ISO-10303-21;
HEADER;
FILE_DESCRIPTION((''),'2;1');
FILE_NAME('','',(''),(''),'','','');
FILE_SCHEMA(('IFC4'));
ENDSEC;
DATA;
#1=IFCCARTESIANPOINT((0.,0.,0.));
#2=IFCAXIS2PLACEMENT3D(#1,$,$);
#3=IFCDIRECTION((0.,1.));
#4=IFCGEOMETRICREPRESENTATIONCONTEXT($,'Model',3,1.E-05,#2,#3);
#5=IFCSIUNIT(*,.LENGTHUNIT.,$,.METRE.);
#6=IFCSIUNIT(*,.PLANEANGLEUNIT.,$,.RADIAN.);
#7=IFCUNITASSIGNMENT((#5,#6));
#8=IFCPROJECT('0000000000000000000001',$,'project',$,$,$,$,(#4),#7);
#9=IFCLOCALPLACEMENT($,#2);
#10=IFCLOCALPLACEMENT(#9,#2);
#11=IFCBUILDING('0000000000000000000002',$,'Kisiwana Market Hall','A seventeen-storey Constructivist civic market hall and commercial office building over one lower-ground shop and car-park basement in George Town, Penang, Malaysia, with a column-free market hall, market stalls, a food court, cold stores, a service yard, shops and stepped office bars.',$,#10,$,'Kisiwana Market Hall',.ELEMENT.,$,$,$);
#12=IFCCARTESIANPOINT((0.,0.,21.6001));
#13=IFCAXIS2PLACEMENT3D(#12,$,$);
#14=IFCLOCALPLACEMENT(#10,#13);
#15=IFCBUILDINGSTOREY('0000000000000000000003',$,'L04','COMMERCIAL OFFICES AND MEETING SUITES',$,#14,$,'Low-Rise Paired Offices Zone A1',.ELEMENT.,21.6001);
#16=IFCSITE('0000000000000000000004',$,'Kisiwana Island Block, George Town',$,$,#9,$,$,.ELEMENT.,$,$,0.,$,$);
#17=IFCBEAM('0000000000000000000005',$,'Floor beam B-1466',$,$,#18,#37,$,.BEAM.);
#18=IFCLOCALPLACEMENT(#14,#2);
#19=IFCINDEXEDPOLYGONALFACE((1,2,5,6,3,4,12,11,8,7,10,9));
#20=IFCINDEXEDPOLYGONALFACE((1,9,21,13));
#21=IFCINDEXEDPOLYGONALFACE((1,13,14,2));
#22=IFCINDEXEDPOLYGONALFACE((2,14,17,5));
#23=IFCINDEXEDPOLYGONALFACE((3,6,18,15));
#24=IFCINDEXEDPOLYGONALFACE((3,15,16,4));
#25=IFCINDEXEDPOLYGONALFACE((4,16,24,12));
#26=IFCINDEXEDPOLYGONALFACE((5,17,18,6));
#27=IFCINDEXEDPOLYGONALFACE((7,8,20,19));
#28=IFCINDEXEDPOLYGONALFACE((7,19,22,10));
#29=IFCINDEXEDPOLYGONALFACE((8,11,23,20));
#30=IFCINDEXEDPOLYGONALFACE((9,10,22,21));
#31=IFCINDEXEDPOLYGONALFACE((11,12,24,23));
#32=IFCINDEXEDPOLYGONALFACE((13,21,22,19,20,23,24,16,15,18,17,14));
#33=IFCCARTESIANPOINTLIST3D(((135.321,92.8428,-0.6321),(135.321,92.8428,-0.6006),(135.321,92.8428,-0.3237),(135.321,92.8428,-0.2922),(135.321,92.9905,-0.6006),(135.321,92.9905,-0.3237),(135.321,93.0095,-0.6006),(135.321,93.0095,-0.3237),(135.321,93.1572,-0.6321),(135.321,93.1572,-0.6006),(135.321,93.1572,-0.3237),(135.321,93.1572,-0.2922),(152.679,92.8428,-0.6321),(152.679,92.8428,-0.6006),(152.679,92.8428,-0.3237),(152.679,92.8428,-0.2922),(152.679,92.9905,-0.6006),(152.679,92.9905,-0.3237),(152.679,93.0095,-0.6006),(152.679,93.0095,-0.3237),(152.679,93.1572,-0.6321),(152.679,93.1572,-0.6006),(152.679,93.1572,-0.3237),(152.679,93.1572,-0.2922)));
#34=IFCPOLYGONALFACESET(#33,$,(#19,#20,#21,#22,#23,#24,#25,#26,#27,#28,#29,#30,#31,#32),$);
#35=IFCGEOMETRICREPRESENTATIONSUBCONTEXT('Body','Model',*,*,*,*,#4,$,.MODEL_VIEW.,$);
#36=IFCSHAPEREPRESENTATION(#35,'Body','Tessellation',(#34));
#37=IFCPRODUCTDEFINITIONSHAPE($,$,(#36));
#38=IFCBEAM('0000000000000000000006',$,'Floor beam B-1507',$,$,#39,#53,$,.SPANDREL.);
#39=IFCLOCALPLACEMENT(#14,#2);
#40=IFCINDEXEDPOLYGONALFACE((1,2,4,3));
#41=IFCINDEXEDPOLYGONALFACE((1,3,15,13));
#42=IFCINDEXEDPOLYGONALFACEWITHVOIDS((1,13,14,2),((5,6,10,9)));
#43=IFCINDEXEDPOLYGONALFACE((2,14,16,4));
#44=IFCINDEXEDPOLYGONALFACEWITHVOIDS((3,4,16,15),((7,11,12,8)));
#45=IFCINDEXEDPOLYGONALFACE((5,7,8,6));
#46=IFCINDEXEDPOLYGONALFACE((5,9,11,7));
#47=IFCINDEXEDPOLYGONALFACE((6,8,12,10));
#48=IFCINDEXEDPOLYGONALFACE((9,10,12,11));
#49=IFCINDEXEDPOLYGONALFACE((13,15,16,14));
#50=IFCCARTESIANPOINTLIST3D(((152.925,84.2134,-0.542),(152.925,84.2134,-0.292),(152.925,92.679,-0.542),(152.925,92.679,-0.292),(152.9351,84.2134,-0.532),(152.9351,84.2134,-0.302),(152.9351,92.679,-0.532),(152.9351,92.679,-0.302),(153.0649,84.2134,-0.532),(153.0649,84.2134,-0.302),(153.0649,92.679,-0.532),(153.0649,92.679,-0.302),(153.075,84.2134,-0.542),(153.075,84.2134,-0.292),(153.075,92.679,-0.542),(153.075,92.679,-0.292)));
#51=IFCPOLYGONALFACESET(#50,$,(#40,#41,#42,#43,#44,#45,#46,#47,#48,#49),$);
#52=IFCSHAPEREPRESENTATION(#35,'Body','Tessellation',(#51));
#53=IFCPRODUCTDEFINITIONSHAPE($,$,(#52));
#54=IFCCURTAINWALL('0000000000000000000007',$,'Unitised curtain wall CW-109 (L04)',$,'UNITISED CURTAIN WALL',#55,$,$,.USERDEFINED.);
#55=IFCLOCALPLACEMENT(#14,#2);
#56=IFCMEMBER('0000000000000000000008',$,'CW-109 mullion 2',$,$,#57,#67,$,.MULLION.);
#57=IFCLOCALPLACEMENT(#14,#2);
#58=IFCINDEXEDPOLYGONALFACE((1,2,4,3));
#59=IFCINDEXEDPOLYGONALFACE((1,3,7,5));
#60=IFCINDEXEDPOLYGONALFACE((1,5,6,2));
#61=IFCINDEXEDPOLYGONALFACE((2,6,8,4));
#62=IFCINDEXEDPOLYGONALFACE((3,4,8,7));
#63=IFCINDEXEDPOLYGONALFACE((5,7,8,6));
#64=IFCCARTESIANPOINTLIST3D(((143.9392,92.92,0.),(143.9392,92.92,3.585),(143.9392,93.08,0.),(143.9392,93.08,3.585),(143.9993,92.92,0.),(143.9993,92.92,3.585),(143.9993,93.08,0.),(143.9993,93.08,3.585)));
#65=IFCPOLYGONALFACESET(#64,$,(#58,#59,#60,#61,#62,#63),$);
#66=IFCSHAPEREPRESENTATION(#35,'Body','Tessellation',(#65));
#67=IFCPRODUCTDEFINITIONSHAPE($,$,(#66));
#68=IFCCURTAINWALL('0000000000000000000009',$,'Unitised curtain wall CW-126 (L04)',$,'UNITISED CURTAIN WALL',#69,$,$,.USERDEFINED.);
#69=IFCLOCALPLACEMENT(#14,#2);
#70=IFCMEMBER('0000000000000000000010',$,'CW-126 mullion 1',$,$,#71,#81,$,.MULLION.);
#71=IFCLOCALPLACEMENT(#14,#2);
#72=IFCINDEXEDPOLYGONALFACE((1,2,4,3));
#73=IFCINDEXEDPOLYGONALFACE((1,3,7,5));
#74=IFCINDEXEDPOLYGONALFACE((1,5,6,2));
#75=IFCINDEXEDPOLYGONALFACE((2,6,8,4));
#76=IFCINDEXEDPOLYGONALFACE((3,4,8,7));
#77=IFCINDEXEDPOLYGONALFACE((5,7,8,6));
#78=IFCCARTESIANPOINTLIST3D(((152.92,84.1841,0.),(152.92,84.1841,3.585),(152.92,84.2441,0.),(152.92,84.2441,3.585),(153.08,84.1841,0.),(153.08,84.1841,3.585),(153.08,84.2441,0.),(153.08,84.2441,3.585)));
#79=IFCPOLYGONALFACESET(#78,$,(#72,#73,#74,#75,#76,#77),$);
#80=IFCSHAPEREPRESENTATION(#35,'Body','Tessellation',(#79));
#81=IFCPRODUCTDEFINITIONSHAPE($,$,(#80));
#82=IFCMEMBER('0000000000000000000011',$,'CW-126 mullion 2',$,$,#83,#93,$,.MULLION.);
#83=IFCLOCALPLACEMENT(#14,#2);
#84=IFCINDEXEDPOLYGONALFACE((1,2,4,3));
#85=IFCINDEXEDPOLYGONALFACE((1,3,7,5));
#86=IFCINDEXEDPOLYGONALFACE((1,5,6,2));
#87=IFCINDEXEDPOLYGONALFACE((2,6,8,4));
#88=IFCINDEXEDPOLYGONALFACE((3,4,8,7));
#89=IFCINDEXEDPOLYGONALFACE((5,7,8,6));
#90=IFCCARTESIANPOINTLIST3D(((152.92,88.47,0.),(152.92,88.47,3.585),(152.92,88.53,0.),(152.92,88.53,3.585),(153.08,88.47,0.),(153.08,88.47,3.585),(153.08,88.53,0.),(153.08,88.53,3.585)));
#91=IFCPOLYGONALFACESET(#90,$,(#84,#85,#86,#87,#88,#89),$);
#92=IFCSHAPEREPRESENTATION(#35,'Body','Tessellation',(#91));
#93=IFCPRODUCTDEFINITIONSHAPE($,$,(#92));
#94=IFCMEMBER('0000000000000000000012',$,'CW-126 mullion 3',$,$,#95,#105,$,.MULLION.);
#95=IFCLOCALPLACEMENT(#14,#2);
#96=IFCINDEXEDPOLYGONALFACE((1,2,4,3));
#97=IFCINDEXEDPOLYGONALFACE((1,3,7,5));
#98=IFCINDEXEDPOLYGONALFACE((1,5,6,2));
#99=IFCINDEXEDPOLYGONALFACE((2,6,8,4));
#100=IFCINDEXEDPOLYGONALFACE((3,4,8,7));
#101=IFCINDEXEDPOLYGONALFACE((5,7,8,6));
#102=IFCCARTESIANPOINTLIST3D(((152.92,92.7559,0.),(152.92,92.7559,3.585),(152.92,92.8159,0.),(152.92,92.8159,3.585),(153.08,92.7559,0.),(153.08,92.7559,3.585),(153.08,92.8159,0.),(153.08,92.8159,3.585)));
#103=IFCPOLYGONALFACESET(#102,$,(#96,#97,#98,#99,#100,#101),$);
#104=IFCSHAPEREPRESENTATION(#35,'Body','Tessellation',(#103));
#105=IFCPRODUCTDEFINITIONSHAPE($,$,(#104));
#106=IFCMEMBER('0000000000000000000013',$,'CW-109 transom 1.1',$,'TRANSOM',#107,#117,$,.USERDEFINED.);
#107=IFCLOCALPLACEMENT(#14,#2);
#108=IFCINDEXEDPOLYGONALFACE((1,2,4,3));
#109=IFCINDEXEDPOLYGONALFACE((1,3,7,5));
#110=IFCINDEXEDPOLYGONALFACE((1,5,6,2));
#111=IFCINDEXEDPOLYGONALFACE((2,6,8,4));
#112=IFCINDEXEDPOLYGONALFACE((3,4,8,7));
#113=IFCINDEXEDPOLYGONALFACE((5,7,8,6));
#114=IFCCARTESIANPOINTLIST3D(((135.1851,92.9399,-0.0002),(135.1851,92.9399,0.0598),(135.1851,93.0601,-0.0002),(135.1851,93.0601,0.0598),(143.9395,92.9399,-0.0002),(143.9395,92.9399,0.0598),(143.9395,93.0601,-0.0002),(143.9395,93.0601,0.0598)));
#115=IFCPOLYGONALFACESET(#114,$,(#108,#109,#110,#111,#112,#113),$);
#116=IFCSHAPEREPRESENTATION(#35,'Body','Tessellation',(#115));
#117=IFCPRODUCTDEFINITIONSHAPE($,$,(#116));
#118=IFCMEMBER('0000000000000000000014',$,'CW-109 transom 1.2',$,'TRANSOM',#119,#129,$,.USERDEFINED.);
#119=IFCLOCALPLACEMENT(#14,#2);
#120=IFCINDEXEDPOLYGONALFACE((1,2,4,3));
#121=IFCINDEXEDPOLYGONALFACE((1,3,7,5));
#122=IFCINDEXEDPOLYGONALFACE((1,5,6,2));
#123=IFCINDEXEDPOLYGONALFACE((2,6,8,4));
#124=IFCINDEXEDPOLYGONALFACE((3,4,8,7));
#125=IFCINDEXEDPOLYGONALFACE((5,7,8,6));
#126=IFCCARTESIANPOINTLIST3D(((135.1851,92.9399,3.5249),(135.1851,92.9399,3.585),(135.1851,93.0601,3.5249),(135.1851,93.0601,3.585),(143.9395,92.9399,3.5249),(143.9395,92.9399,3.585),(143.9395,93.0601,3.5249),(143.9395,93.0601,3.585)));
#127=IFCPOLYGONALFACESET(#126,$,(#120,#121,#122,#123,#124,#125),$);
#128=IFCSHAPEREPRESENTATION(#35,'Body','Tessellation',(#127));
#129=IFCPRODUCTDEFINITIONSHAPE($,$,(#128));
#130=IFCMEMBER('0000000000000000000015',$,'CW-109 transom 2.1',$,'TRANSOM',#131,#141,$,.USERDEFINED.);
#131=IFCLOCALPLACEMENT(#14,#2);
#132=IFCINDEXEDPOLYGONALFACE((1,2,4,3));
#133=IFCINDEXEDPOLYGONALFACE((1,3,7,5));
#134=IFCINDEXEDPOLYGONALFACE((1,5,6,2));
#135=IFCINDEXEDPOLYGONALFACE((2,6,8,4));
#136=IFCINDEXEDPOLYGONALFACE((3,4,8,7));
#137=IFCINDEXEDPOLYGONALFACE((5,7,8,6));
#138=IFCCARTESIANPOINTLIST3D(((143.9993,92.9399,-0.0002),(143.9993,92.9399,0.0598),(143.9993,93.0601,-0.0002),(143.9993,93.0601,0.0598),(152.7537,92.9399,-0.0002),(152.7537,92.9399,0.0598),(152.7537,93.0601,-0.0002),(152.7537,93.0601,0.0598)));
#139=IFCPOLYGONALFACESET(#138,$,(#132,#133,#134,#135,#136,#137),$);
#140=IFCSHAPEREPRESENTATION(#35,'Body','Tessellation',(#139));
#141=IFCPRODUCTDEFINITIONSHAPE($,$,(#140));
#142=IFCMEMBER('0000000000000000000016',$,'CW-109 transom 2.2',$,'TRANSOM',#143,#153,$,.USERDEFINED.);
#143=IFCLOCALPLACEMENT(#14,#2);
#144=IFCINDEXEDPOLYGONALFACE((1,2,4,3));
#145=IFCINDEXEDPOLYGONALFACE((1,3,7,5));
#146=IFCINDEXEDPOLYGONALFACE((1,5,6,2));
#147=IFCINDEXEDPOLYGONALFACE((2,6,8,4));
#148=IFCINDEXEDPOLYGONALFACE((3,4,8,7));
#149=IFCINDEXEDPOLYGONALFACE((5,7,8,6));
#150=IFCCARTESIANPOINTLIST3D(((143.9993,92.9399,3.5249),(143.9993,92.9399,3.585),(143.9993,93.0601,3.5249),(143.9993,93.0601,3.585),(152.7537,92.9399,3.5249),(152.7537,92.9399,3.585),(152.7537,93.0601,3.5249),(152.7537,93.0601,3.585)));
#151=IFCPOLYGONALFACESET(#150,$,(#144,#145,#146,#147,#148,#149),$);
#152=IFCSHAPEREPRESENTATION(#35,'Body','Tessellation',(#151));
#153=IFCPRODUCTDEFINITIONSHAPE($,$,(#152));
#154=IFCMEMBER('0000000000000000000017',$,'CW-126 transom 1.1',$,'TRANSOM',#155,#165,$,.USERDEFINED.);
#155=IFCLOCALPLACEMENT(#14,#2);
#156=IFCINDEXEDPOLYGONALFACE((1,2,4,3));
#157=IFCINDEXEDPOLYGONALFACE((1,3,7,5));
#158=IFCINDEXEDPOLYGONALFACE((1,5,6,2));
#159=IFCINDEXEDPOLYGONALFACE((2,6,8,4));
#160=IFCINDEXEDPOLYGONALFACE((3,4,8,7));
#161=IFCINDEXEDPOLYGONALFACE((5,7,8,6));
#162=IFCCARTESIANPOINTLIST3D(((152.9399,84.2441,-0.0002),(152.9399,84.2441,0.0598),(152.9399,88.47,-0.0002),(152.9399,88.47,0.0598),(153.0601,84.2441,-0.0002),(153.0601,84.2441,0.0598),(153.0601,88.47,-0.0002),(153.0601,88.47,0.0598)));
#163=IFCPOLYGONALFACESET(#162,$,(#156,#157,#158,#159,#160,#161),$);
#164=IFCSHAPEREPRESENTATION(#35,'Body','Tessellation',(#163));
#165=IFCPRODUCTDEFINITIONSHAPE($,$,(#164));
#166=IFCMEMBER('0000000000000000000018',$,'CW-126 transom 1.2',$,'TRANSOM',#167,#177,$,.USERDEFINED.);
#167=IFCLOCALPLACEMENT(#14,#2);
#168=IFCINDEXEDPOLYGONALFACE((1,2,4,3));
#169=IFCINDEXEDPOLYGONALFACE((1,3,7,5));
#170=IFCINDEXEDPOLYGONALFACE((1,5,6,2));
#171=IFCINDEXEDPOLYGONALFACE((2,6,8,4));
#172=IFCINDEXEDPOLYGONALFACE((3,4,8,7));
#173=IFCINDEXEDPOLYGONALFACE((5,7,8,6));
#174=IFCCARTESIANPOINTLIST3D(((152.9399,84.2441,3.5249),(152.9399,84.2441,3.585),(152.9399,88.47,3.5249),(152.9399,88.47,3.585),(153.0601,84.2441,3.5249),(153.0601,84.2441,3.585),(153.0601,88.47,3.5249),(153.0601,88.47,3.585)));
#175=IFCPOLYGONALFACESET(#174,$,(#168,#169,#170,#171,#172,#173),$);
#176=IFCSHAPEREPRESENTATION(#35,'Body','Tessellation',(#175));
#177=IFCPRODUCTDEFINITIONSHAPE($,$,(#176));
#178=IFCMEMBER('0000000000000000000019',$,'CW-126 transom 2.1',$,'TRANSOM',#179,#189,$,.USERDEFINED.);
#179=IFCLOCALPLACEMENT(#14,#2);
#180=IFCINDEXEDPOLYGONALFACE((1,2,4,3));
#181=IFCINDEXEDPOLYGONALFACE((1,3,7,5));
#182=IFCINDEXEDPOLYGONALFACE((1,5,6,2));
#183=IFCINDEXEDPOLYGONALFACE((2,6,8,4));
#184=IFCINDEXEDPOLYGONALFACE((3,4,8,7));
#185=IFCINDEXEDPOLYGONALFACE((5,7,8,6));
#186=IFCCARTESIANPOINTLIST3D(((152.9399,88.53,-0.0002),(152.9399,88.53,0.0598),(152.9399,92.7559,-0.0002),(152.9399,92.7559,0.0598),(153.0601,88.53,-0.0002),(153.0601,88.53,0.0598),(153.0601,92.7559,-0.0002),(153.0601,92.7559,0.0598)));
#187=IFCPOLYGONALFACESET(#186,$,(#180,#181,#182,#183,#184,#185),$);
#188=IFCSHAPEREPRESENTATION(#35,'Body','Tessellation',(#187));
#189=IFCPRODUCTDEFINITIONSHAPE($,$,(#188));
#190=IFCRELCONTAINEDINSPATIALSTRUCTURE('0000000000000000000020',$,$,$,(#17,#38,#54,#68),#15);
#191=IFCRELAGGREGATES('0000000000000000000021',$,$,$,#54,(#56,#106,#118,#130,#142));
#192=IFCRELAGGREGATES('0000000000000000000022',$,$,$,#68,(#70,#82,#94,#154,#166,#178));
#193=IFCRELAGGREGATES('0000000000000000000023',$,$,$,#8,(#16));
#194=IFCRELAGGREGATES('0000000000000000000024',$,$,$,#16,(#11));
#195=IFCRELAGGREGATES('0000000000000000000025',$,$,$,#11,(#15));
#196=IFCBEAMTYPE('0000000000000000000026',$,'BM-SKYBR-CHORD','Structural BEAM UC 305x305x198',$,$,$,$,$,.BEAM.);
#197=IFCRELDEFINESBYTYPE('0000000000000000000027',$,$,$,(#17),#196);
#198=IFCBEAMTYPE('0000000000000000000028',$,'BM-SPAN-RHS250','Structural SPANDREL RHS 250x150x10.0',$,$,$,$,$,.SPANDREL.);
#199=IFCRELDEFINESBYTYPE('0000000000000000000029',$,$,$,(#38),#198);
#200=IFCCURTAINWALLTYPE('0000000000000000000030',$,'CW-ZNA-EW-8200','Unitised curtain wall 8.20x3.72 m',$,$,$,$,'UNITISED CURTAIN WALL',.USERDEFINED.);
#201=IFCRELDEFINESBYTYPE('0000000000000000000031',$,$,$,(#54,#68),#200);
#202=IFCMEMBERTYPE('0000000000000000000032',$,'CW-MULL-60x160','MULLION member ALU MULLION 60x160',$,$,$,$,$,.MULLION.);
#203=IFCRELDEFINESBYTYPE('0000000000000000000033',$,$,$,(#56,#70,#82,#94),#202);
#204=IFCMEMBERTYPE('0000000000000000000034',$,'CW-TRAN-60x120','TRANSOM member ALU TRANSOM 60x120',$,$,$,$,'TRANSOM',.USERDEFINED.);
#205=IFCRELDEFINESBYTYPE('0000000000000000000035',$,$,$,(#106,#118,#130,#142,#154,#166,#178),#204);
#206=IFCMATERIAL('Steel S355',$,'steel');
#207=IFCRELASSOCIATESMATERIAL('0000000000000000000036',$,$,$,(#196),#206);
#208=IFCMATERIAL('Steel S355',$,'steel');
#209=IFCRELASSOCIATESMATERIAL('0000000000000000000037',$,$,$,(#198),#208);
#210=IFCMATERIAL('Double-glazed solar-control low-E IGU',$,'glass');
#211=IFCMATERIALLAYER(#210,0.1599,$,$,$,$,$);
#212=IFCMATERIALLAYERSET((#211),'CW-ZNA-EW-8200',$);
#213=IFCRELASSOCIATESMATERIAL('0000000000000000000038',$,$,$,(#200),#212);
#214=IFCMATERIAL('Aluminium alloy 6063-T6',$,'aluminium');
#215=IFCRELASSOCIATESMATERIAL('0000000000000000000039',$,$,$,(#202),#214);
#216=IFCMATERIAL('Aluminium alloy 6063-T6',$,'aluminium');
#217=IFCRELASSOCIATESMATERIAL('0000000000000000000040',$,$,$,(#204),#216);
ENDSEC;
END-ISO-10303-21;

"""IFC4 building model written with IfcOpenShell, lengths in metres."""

from ifc_helpers import new_model, si_unit, direction, frame, origin, origin_2d, place, context, subcontext, project, spatial, rectangle, hollow_rectangle, i_section, extrude, material, layer, layer_set, material_profile, profile_set, type_object, element, aggregate, save


model = new_model("IFC4")

# Units and contexts
model_context = context("Model", 3, precision=1e-05, world=origin(), true_north=direction((0.0, 1.0)))
body_context = subcontext(model_context, "Body", "Model", "MODEL_VIEW")
ifc_project = project(units=[si_unit("LENGTHUNIT", "METRE"), si_unit("PLANEANGLEUNIT", "RADIAN")], contexts=[model_context])

# Site, building, storey
site_placement = place(None, origin())
site = spatial("IfcSite", under=ifc_project, at=site_placement, Name="Kisiwana Island Block, George Town", CompositionType="ELEMENT", RefElevation=0.0)
building_placement = place(site_placement, origin())
building = spatial("IfcBuilding", under=site, at=building_placement, Name="Kisiwana Market Hall", Description="A seventeen-storey Constructivist civic market hall and commercial office building over one lower-ground shop and car-park basement in George Town, Penang, Malaysia, with a column-free market hall, market stalls, a food court, cold stores, a service yard, shops and stepped office bars.", LongName="Kisiwana Market Hall", CompositionType="ELEMENT")
storey_placement = place(building_placement, frame((0.0, 0.0, 21.6001)))
storey = spatial("IfcBuildingStorey", under=building, at=storey_placement, Name="L04", Description="COMMERCIAL OFFICES AND MEETING SUITES", LongName="Low-Rise Paired Offices Zone A1", CompositionType="ELEMENT", Elevation=21.6001)

# Beams
ifc_material_1 = material(Name="Steel S355", Category="steel")
ifc_material_profile_1 = material_profile(ifc_material_1, i_section(OverallWidth=0.3145, OverallDepth=0.3398, WebThickness=0.019, FlangeThickness=0.0315, at=origin_2d()), Name="UC 305x305x198")
ifc_profile_set_1 = profile_set([ifc_material_profile_1], Name="Steel S355")
beam_type_1 = type_object("IfcBeamType", Name="BM-SKYBR-CHORD", Description="Structural BEAM UC 305x305x198", PredefinedType="BEAM", material=ifc_profile_set_1)
beam_1_placement = place(storey_placement, frame((135.321, 93.0, -0.4622), z_axis=(1.0, 0.0, 0.0), x_axis=(0.0, 1.0, 0.0)))
element("IfcBeam", 1, at=beam_1_placement, inside=storey, type_object=beam_type_1, Name="Floor beam B-1466", PredefinedType="BEAM", context=body_context, shape_type="SweptSolid", body=[
    extrude(i_section(OverallWidth=0.3145, OverallDepth=0.3398, WebThickness=0.019, FlangeThickness=0.0315, at=origin_2d()), origin(), (0.0, 0.0, 1.0), 17.3579),
])
ifc_material_2 = material(Name="Steel S355", Category="steel")
ifc_material_profile_2 = material_profile(ifc_material_2, hollow_rectangle(XDim=0.1499, YDim=0.25, WallThickness=0.01, at=origin_2d()), Name="RHS 250x150x10.0")
ifc_profile_set_2 = profile_set([ifc_material_profile_2], Name="Steel S355")
beam_type_2 = type_object("IfcBeamType", Name="BM-SPAN-RHS250", Description="Structural SPANDREL RHS 250x150x10.0", PredefinedType="SPANDREL", material=ifc_profile_set_2)
beam_2_placement = place(storey_placement, frame((153.0, 84.2134, -0.417), z_axis=(0.0, 1.0, 0.0), x_axis=(-1.0, 0.0, 0.0)))
element("IfcBeam", 2, at=beam_2_placement, inside=storey, type_object=beam_type_2, Name="Floor beam B-1507", PredefinedType="SPANDREL", context=body_context, shape_type="SweptSolid", body=[
    extrude(hollow_rectangle(XDim=0.1499, YDim=0.25, WallThickness=0.01, at=origin_2d()), origin(), (0.0, 0.0, 1.0), 8.4656),
])

# Curtain wall, member
ifc_material_3 = material(Name="Double-glazed solar-control low-E IGU", Category="glass")
ifc_layer_1 = layer(ifc_material_3, 0.1599)
ifc_layer_set_1 = layer_set([ifc_layer_1], Name="CW-ZNA-EW-8200")
curtain_wall_type = type_object("IfcCurtainWallType", Name="CW-ZNA-EW-8200", Description="Unitised curtain wall 8.20x3.72 m", ElementType="UNITISED CURTAIN WALL", PredefinedType="USERDEFINED", material=ifc_layer_set_1)
curtain_wall_1_placement = place(storey_placement, origin())
curtain_wall_1 = element("IfcCurtainWall", 3, at=curtain_wall_1_placement, inside=storey, type_object=curtain_wall_type, Name="Unitised curtain wall CW-109 (L04)", ObjectType="UNITISED CURTAIN WALL", PredefinedType="USERDEFINED")
ifc_material_4 = material(Name="Aluminium alloy 6063-T6", Category="aluminium")
ifc_material_profile_3 = material_profile(ifc_material_4, rectangle(XDim=0.0601, YDim=0.1599, at=origin_2d()), Name="ALU MULLION 60x160")
ifc_profile_set_3 = profile_set([ifc_material_profile_3], Name="Aluminium alloy 6063-T6")
member_type_1 = type_object("IfcMemberType", Name="CW-MULL-60x160", Description="MULLION member ALU MULLION 60x160", PredefinedType="MULLION", material=ifc_profile_set_3)
member_1_placement = place(storey_placement, frame((143.9692, 93.0, 0.0), z_axis=(0.0, 0.0, 1.0), x_axis=(1.0, 0.0, 0.0)))
member_1 = element("IfcMember", 4, at=member_1_placement, type_object=member_type_1, Name="CW-109 mullion 2", PredefinedType="MULLION", context=body_context, shape_type="SweptSolid", body=[
    extrude(rectangle(XDim=0.0601, YDim=0.1599, at=origin_2d()), origin(), (0.0, 0.0, 1.0), 3.585),
])

# Curtain wall, members
curtain_wall_2_placement = place(storey_placement, origin())
curtain_wall_2 = element("IfcCurtainWall", 5, at=curtain_wall_2_placement, inside=storey, type_object=curtain_wall_type, Name="Unitised curtain wall CW-126 (L04)", ObjectType="UNITISED CURTAIN WALL", PredefinedType="USERDEFINED")
member_2_placement = place(storey_placement, frame((153.0, 84.2141, 0.0), z_axis=(0.0, 0.0, 1.0), x_axis=(0.0, 1.0, 0.0)))
member_2 = element("IfcMember", 6, at=member_2_placement, type_object=member_type_1, Name="CW-126 mullion 1", PredefinedType="MULLION", context=body_context, shape_type="SweptSolid", body=[
    extrude(rectangle(XDim=0.0601, YDim=0.1599, at=origin_2d()), origin(), (0.0, 0.0, 1.0), 3.585),
])
member_3_placement = place(storey_placement, frame((153.0, 88.5, 0.0), z_axis=(0.0, 0.0, 1.0), x_axis=(0.0, 1.0, 0.0)))
member_3 = element("IfcMember", 7, at=member_3_placement, type_object=member_type_1, Name="CW-126 mullion 2", PredefinedType="MULLION", context=body_context, shape_type="SweptSolid", body=[
    extrude(rectangle(XDim=0.0601, YDim=0.1599, at=origin_2d()), origin(), (0.0, 0.0, 1.0), 3.585),
])
member_4_placement = place(storey_placement, frame((153.0, 92.7859, 0.0), z_axis=(0.0, 0.0, 1.0), x_axis=(0.0, 1.0, 0.0)))
member_4 = element("IfcMember", 8, at=member_4_placement, type_object=member_type_1, Name="CW-126 mullion 3", PredefinedType="MULLION", context=body_context, shape_type="SweptSolid", body=[
    extrude(rectangle(XDim=0.0601, YDim=0.1599, at=origin_2d()), origin(), (0.0, 0.0, 1.0), 3.585),
])

# Members
ifc_material_5 = material(Name="Aluminium alloy 6063-T6", Category="aluminium")
ifc_material_profile_4 = material_profile(ifc_material_5, rectangle(XDim=0.1201, YDim=0.0601, at=origin_2d()), Name="ALU TRANSOM 60x120")
ifc_profile_set_4 = profile_set([ifc_material_profile_4], Name="Aluminium alloy 6063-T6")
member_type_2 = type_object("IfcMemberType", Name="CW-TRAN-60x120", Description="TRANSOM member ALU TRANSOM 60x120", ElementType="TRANSOM", PredefinedType="USERDEFINED", material=ifc_profile_set_4)
member_5_placement = place(storey_placement, frame((135.1851, 93.0, 0.0298), z_axis=(1.0, 0.0, 0.0), x_axis=(0.0, 1.0, 0.0)))
member_5 = element("IfcMember", 9, at=member_5_placement, type_object=member_type_2, Name="CW-109 transom 1.1", ObjectType="TRANSOM", PredefinedType="USERDEFINED", context=body_context, shape_type="SweptSolid", body=[
    extrude(rectangle(XDim=0.1201, YDim=0.0601, at=origin_2d()), origin(), (0.0, 0.0, 1.0), 8.7544),
])
member_6_placement = place(storey_placement, frame((135.1851, 93.0, 3.5549), z_axis=(1.0, 0.0, 0.0), x_axis=(0.0, 1.0, 0.0)))
member_6 = element("IfcMember", 10, at=member_6_placement, type_object=member_type_2, Name="CW-109 transom 1.2", ObjectType="TRANSOM", PredefinedType="USERDEFINED", context=body_context, shape_type="SweptSolid", body=[
    extrude(rectangle(XDim=0.1201, YDim=0.0601, at=origin_2d()), origin(), (0.0, 0.0, 1.0), 8.7544),
])
member_7_placement = place(storey_placement, frame((143.9993, 93.0, 0.0298), z_axis=(1.0, 0.0, 0.0), x_axis=(0.0, 1.0, 0.0)))
member_7 = element("IfcMember", 11, at=member_7_placement, type_object=member_type_2, Name="CW-109 transom 2.1", ObjectType="TRANSOM", PredefinedType="USERDEFINED", context=body_context, shape_type="SweptSolid", body=[
    extrude(rectangle(XDim=0.1201, YDim=0.0601, at=origin_2d()), origin(), (0.0, 0.0, 1.0), 8.7544),
])
member_8_placement = place(storey_placement, frame((143.9993, 93.0, 3.5549), z_axis=(1.0, 0.0, 0.0), x_axis=(0.0, 1.0, 0.0)))
member_8 = element("IfcMember", 12, at=member_8_placement, type_object=member_type_2, Name="CW-109 transom 2.2", ObjectType="TRANSOM", PredefinedType="USERDEFINED", context=body_context, shape_type="SweptSolid", body=[
    extrude(rectangle(XDim=0.1201, YDim=0.0601, at=origin_2d()), origin(), (0.0, 0.0, 1.0), 8.7544),
])
member_9_placement = place(storey_placement, frame((153.0, 84.2441, 0.0298), z_axis=(0.0, 1.0, 0.0), x_axis=(-1.0, 0.0, 0.0)))
member_9 = element("IfcMember", 13, at=member_9_placement, type_object=member_type_2, Name="CW-126 transom 1.1", ObjectType="TRANSOM", PredefinedType="USERDEFINED", context=body_context, shape_type="SweptSolid", body=[
    extrude(rectangle(XDim=0.1201, YDim=0.0601, at=origin_2d()), origin(), (0.0, 0.0, 1.0), 4.2258),
])
member_10_placement = place(storey_placement, frame((153.0, 84.2441, 3.5549), z_axis=(0.0, 1.0, 0.0), x_axis=(-1.0, 0.0, 0.0)))
member_10 = element("IfcMember", 14, at=member_10_placement, type_object=member_type_2, Name="CW-126 transom 1.2", ObjectType="TRANSOM", PredefinedType="USERDEFINED", context=body_context, shape_type="SweptSolid", body=[
    extrude(rectangle(XDim=0.1201, YDim=0.0601, at=origin_2d()), origin(), (0.0, 0.0, 1.0), 4.2258),
])
member_11_placement = place(storey_placement, frame((153.0, 88.53, 0.0298), z_axis=(0.0, 1.0, 0.0), x_axis=(-1.0, 0.0, 0.0)))
member_11 = element("IfcMember", 15, at=member_11_placement, type_object=member_type_2, Name="CW-126 transom 2.1", ObjectType="TRANSOM", PredefinedType="USERDEFINED", context=body_context, shape_type="SweptSolid", body=[
    extrude(rectangle(XDim=0.1201, YDim=0.0601, at=origin_2d()), origin(), (0.0, 0.0, 1.0), 4.2258),
])

aggregate(curtain_wall_1, [member_1, member_5, member_6, member_7, member_8])
aggregate(curtain_wall_2, [member_2, member_3, member_4, member_9, member_10, member_11])

save(model, "model.ifc")
